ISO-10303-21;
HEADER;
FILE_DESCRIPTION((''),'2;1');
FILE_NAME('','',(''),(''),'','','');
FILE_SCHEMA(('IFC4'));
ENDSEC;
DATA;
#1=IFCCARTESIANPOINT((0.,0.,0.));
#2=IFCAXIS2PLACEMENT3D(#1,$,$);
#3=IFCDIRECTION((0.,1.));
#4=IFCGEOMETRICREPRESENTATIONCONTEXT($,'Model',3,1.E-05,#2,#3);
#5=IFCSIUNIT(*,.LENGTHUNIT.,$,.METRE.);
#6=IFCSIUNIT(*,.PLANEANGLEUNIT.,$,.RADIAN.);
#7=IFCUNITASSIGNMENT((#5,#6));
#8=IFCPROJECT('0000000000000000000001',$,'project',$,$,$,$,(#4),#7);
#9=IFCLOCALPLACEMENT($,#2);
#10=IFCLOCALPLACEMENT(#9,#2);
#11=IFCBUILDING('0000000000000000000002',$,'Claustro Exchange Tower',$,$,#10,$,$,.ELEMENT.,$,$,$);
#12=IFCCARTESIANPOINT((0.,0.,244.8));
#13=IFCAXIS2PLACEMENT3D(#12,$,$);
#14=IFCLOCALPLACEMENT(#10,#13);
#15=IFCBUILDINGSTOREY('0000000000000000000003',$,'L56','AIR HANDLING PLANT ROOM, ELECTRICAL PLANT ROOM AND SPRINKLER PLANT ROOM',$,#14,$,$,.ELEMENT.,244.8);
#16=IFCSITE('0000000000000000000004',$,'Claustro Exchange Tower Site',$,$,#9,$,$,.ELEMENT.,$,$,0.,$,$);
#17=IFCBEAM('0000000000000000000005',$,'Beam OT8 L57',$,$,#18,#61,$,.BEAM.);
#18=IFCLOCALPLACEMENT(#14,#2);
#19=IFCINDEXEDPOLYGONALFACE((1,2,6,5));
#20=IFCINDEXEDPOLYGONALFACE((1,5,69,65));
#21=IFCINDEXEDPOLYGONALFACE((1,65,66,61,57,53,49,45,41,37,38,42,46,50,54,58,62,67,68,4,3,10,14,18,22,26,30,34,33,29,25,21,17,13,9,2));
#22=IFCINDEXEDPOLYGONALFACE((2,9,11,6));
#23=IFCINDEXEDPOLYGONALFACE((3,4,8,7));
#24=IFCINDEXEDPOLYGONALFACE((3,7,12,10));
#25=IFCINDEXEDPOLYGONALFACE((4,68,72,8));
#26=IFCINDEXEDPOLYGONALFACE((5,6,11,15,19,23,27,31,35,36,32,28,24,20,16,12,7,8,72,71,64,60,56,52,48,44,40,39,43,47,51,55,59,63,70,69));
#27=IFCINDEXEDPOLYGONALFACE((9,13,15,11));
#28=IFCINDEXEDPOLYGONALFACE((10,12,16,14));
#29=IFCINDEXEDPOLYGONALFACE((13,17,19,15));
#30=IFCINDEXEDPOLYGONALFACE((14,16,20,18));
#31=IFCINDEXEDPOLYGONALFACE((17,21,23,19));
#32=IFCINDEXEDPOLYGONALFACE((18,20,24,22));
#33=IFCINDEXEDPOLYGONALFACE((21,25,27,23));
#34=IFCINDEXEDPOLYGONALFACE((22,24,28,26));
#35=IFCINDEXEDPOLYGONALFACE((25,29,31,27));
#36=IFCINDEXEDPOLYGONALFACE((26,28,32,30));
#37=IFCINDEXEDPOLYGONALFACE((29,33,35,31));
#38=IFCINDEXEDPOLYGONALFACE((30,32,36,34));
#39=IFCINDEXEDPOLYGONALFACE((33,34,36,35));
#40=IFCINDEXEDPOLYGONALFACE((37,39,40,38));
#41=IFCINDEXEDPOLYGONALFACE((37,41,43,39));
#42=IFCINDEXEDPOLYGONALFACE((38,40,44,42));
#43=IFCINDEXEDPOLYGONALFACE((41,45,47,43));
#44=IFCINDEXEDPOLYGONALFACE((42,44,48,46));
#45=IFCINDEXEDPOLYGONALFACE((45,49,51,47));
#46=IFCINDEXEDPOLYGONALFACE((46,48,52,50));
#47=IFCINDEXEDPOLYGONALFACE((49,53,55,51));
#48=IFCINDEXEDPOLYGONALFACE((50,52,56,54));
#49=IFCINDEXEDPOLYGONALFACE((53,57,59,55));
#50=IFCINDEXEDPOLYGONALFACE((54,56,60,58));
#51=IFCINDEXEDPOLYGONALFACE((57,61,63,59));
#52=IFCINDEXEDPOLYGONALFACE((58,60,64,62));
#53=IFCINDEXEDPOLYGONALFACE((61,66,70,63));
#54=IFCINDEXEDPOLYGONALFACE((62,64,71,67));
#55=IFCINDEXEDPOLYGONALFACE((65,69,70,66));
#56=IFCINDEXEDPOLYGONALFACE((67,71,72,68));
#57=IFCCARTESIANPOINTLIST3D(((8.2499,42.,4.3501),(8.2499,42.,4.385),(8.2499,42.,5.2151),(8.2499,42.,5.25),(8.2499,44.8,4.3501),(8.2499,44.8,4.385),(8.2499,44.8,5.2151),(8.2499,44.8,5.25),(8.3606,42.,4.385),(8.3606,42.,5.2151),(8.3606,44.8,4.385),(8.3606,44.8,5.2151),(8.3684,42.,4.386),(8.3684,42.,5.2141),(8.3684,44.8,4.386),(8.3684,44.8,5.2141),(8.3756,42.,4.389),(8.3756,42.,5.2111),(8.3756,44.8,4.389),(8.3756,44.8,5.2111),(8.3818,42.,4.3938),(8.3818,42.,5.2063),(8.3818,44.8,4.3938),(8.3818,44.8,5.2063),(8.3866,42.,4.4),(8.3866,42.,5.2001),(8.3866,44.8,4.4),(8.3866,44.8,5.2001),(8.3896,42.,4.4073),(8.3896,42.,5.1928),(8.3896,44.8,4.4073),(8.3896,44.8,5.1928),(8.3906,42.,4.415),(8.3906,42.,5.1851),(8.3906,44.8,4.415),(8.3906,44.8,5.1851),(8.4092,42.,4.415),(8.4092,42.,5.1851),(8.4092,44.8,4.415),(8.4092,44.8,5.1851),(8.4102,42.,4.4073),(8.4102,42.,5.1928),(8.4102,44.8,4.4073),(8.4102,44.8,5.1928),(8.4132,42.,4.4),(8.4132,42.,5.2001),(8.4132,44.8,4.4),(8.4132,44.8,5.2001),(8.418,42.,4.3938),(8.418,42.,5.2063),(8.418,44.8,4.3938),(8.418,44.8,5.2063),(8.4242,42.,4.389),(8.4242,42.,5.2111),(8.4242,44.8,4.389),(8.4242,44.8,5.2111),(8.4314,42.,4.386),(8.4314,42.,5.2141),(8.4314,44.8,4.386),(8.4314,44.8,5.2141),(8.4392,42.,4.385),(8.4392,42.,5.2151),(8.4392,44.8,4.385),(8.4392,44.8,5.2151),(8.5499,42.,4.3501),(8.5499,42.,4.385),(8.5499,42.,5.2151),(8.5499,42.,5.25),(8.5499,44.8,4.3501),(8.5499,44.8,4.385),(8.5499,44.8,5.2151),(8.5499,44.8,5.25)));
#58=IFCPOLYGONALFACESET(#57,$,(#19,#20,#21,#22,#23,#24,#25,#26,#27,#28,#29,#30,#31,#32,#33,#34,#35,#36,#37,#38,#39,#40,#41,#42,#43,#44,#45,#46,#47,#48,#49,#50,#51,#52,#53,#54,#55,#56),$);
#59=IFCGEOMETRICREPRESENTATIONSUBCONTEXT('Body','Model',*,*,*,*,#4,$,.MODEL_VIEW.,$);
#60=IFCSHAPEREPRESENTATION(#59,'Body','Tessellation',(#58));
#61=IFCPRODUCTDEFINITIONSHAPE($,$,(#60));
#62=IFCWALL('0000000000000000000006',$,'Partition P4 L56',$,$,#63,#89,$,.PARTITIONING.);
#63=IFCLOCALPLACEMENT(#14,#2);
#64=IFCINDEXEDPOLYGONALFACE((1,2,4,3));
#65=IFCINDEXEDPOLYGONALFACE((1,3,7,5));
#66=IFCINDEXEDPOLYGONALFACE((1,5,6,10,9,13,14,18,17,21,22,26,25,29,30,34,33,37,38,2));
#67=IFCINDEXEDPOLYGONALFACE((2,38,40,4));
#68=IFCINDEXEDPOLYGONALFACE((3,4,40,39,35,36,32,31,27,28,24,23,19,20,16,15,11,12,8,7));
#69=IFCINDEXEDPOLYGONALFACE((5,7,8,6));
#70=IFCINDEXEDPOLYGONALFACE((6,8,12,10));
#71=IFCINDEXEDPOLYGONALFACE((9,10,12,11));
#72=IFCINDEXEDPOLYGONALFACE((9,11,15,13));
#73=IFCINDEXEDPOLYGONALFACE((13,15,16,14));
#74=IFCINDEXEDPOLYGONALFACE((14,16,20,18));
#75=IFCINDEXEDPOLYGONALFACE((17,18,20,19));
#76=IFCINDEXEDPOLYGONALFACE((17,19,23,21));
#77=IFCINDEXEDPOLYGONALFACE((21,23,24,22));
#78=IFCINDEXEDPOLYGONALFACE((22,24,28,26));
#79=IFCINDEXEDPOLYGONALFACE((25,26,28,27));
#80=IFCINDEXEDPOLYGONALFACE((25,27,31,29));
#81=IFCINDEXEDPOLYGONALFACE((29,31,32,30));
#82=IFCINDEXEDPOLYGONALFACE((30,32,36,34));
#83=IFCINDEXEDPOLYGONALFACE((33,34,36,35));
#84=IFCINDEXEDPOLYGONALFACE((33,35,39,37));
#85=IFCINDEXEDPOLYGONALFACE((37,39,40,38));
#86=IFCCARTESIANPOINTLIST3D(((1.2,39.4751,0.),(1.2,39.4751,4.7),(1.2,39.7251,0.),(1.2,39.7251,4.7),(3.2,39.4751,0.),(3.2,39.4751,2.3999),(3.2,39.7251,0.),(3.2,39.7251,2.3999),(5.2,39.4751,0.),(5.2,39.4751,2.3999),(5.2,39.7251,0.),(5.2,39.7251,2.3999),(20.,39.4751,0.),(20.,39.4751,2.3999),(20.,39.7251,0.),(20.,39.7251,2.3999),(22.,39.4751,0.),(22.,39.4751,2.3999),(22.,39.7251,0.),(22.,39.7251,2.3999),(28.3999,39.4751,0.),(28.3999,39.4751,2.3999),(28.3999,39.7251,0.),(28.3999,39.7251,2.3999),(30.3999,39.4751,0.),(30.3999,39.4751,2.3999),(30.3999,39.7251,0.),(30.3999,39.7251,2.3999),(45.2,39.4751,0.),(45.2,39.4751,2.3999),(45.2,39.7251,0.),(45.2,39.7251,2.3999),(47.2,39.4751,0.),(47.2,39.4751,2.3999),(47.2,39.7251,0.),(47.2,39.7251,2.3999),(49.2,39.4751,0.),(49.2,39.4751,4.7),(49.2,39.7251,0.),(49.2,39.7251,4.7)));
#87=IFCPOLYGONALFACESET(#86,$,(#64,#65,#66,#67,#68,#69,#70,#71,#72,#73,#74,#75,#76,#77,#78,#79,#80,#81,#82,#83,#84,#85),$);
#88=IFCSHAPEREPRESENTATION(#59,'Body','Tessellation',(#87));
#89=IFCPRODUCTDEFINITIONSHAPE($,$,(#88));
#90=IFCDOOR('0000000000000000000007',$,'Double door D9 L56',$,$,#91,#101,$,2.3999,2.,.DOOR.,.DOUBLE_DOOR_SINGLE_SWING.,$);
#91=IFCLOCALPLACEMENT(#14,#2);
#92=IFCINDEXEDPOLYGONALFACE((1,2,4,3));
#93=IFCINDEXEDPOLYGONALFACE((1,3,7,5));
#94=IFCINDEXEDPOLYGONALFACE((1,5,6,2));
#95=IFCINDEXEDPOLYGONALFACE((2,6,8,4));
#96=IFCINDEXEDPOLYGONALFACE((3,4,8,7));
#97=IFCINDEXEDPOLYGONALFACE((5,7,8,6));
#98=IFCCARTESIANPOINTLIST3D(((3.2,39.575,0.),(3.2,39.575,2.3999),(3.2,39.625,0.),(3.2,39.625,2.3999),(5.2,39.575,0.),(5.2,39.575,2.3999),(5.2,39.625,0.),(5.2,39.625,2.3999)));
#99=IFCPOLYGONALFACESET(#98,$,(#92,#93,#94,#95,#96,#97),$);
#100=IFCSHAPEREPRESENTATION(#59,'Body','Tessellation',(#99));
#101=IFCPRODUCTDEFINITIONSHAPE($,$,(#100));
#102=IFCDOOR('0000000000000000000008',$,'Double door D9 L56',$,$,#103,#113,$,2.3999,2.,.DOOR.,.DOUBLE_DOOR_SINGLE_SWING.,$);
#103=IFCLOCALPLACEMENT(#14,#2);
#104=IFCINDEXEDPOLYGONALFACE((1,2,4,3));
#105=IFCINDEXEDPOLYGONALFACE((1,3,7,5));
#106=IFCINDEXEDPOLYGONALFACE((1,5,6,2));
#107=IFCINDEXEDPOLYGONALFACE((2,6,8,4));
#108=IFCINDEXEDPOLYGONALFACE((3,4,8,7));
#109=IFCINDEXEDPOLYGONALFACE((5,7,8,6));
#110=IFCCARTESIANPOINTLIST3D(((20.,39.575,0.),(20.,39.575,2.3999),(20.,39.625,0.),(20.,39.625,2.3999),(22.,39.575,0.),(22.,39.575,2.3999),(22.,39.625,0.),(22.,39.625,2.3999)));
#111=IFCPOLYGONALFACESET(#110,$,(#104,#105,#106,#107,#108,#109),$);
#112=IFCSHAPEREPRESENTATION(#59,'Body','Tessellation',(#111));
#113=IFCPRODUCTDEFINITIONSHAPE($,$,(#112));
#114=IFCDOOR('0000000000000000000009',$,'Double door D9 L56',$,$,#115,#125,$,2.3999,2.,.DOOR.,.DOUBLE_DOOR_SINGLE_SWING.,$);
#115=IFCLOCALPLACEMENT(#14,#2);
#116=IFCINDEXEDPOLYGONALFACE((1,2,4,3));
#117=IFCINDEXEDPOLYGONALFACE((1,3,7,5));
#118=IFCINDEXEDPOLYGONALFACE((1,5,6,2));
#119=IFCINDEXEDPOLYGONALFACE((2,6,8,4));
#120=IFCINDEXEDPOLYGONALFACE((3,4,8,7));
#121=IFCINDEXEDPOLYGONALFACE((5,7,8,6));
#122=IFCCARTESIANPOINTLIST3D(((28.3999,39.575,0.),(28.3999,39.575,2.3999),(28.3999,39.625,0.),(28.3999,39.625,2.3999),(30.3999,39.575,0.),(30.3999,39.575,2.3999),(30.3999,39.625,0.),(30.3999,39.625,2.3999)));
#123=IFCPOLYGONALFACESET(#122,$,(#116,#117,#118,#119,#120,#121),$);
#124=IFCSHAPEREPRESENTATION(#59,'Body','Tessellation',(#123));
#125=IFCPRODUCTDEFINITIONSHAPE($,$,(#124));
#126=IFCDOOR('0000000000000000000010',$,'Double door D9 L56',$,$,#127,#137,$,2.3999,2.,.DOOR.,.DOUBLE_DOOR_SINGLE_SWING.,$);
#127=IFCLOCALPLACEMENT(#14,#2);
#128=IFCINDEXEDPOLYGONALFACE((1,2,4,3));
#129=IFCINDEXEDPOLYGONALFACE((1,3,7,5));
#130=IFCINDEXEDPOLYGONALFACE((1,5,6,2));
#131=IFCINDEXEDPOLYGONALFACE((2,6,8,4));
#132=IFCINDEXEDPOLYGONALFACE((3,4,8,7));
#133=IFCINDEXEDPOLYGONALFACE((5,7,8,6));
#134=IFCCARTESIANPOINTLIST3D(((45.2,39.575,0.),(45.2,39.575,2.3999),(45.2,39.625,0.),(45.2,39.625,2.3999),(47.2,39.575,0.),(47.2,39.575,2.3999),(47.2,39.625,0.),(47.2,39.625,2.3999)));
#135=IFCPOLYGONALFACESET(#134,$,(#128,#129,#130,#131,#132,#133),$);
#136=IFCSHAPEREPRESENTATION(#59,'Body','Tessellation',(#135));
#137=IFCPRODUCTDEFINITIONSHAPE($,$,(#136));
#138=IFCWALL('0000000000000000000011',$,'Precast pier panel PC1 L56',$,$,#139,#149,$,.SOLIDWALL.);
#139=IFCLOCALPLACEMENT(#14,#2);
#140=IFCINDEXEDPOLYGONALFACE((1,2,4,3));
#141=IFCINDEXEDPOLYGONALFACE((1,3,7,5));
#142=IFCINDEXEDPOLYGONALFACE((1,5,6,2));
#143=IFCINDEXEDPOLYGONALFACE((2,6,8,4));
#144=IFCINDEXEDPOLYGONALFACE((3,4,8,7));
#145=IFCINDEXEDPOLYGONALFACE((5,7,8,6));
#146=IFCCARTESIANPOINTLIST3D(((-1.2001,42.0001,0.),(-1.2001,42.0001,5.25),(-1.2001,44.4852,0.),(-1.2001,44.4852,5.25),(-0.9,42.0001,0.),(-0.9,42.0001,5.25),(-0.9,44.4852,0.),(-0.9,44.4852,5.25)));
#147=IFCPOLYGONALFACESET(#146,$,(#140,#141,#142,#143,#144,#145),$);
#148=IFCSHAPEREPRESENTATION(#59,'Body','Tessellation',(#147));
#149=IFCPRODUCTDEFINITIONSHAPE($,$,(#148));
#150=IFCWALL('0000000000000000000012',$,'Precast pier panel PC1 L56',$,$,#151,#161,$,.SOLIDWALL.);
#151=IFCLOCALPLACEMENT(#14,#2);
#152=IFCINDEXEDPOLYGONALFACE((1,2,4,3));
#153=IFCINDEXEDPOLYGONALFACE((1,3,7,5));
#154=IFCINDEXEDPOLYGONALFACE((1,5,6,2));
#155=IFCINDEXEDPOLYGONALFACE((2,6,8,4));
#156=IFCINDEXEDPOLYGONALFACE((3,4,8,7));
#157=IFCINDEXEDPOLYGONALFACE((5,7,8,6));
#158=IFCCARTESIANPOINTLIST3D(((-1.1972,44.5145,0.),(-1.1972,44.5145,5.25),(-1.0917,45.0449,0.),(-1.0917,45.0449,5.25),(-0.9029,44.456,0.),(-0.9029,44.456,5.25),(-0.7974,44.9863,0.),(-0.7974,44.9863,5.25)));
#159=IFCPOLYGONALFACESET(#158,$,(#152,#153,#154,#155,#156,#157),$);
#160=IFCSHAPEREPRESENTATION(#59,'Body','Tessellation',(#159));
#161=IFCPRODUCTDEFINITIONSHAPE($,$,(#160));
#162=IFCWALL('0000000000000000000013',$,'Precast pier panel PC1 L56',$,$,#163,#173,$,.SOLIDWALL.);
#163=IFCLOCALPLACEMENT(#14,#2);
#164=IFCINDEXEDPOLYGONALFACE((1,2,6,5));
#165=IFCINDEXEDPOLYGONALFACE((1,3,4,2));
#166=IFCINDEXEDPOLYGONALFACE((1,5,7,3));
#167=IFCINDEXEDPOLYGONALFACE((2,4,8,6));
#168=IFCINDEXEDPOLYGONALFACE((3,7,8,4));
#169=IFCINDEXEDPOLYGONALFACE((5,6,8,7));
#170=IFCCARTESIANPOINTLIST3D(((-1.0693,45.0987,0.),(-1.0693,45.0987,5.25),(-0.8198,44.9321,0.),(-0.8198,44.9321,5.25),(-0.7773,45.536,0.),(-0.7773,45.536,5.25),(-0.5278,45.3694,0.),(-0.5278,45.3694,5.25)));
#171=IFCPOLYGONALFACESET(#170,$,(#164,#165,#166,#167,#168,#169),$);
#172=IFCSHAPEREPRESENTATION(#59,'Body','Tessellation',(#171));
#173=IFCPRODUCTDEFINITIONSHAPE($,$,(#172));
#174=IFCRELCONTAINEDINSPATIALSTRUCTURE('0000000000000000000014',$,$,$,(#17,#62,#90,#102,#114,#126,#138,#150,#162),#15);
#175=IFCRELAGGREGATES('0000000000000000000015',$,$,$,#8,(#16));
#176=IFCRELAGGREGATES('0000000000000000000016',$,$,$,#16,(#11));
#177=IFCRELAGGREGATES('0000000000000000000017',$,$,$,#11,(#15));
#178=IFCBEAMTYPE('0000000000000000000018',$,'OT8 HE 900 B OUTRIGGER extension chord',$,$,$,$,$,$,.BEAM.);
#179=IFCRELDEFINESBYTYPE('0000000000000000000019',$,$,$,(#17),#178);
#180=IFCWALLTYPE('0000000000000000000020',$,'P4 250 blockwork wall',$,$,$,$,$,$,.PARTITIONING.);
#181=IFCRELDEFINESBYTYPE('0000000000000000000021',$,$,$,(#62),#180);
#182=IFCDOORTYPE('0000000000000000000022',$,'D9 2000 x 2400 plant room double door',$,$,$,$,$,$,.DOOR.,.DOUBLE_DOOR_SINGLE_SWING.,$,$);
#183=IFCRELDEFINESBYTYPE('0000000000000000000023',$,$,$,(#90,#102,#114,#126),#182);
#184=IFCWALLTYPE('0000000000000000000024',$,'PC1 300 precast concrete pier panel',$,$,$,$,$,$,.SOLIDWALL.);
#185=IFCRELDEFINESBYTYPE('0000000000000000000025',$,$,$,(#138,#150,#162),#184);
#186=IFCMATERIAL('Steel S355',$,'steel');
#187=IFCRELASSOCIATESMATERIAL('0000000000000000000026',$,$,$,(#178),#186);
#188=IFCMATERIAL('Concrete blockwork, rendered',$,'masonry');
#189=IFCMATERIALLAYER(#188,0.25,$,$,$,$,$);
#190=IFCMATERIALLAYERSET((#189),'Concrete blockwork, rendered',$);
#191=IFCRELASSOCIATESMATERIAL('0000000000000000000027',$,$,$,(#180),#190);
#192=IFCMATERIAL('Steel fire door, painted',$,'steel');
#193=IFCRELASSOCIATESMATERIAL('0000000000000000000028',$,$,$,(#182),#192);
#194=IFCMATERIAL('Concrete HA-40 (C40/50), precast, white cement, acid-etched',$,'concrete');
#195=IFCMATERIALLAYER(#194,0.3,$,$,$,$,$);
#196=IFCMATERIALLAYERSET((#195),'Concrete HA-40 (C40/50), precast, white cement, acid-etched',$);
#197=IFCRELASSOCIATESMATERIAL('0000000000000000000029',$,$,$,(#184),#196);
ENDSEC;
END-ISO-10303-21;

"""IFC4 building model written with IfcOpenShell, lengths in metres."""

from ifc_helpers import new_model, si_unit, direction, frame, frame_2d, origin, origin_2d, place, context, subcontext, project, spatial, rectangle, i_section, extrude, material, layer, layer_set, material_profile, profile_set, type_object, element, fill, save


model = new_model("IFC4")

# Units and contexts
model_context = context("Model", 3, precision=1e-05, world=origin(), true_north=direction((0.0, 1.0)))
body_context = subcontext(model_context, "Body", "Model", "MODEL_VIEW")
ifc_project = project(units=[si_unit("LENGTHUNIT", "METRE"), si_unit("PLANEANGLEUNIT", "RADIAN")], contexts=[model_context])

# Site, building, storey
site_placement = place(None, origin())
site = spatial("IfcSite", under=ifc_project, at=site_placement, Name="Claustro Exchange Tower Site", CompositionType="ELEMENT", RefElevation=0.0)
building_placement = place(site_placement, origin())
building = spatial("IfcBuilding", under=site, at=building_placement, Name="Claustro Exchange Tower", CompositionType="ELEMENT")
storey_placement = place(building_placement, frame((0.0, 0.0, 244.8)))
storey = spatial("IfcBuildingStorey", under=building, at=storey_placement, Name="L56", Description="AIR HANDLING PLANT ROOM, ELECTRICAL PLANT ROOM AND SPRINKLER PLANT ROOM", CompositionType="ELEMENT", Elevation=244.8)

# Beam
ifc_material_1 = material(Name="Steel S355", Category="steel")
ifc_material_profile_1 = material_profile(ifc_material_1, i_section(OverallWidth=0.3, OverallDepth=0.8999, WebThickness=0.0186, FlangeThickness=0.0349, FilletRadius=0.03, at=origin_2d()), Name="HE 900 B")
ifc_profile_set_1 = profile_set([ifc_material_profile_1], Name="Steel S355")
beam_type_1 = type_object("IfcBeamType", Name="OT8 HE 900 B OUTRIGGER extension chord", PredefinedType="BEAM", material=ifc_profile_set_1)
beam_1_placement = place(storey_placement, frame((8.3999, 42.0, 4.8), z_axis=(0.0, 1.0, 0.0), x_axis=(-1.0, 0.0, 0.0)))
element("IfcBeam", 1, at=beam_1_placement, inside=storey, type_object=beam_type_1, Name="Beam OT8 L57", PredefinedType="BEAM", context=body_context, shape_type="SweptSolid", body=[
    extrude(i_section(OverallWidth=0.3, OverallDepth=0.8999, WebThickness=0.0186, FlangeThickness=0.0349, FilletRadius=0.03, at=origin_2d()), origin(), (0.0, 0.0, 1.0), 2.8),
])

# Wall, openings, doors
ifc_material_2 = material(Name="Concrete blockwork, rendered", Category="masonry")
ifc_layer_1 = layer(ifc_material_2, 0.25)
ifc_layer_set_1 = layer_set([ifc_layer_1], Name="Concrete blockwork, rendered")
wall_type_1 = type_object("IfcWallType", Name="P4 250 blockwork wall", PredefinedType="PARTITIONING", material=ifc_layer_set_1)
wall_1_placement = place(storey_placement, frame((1.2, 39.6001, 0.0), z_axis=(0.0, 0.0, 1.0), x_axis=(1.0, 0.0, 0.0)))
wall_1 = element("IfcWall", 2, at=wall_1_placement, inside=storey, type_object=wall_type_1, Name="Partition P4 L56", PredefinedType="PARTITIONING", context=body_context, shape_type="SweptSolid", body=[
    extrude(rectangle(XDim=48.0, YDim=0.25, at=frame_2d((24.0, 0.0))), origin(), (0.0, 0.0, 1.0), 4.7),
])
opening_1_placement = place(wall_1_placement, frame((2.0, 0.0, 0.0)))
opening_1 = element("IfcOpeningElement", 3, at=opening_1_placement, cuts=wall_1, PredefinedType="OPENING", context=body_context, shape_type="SweptSolid", body=[
    extrude(rectangle(XDim=2.0, YDim=2.3999, at=frame_2d((1.0, 1.2))), frame((0.0, 0.135, 0.0), z_axis=(0.0, -1.0, 0.0), x_axis=(1.0, 0.0, 0.0)), (0.0, 0.0, 1.0), 0.27),
])
opening_2_placement = place(wall_1_placement, frame((18.8, 0.0, 0.0)))
opening_2 = element("IfcOpeningElement", 4, at=opening_2_placement, cuts=wall_1, PredefinedType="OPENING", context=body_context, shape_type="SweptSolid", body=[
    extrude(rectangle(XDim=2.0, YDim=2.3999, at=frame_2d((1.0, 1.2))), frame((0.0, 0.135, 0.0), z_axis=(0.0, -1.0, 0.0), x_axis=(1.0, 0.0, 0.0)), (0.0, 0.0, 1.0), 0.27),
])
opening_3_placement = place(wall_1_placement, frame((27.2, 0.0, 0.0)))
opening_3 = element("IfcOpeningElement", 5, at=opening_3_placement, cuts=wall_1, PredefinedType="OPENING", context=body_context, shape_type="SweptSolid", body=[
    extrude(rectangle(XDim=2.0, YDim=2.3999, at=frame_2d((1.0, 1.2))), frame((0.0, 0.135, 0.0), z_axis=(0.0, -1.0, 0.0), x_axis=(1.0, 0.0, 0.0)), (0.0, 0.0, 1.0), 0.27),
])
opening_4_placement = place(wall_1_placement, frame((44.0, 0.0, 0.0)))
opening_4 = element("IfcOpeningElement", 6, at=opening_4_placement, cuts=wall_1, PredefinedType="OPENING", context=body_context, shape_type="SweptSolid", body=[
    extrude(rectangle(XDim=2.0, YDim=2.3999, at=frame_2d((1.0, 1.2))), frame((0.0, 0.135, 0.0), z_axis=(0.0, -1.0, 0.0), x_axis=(1.0, 0.0, 0.0)), (0.0, 0.0, 1.0), 0.27),
])
ifc_material_3 = material(Name="Steel fire door, painted", Category="steel")
door_type = type_object("IfcDoorType", Name="D9 2000 x 2400 plant room double door", OperationType="DOUBLE_DOOR_SINGLE_SWING", PredefinedType="DOOR", material=ifc_material_3)
door_1_placement = place(opening_1_placement, origin())
door_1 = element("IfcDoor", 7, at=door_1_placement, inside=storey, type_object=door_type, Name="Double door D9 L56", OperationType="DOUBLE_DOOR_SINGLE_SWING", OverallHeight=2.3999, OverallWidth=2.0, PredefinedType="DOOR", context=body_context, shape_type="SweptSolid", body=[
    extrude(rectangle(XDim=2.0, YDim=2.3999, at=frame_2d((1.0, 1.2))), frame((0.0, 0.0249, 0.0), z_axis=(0.0, -1.0, 0.0), x_axis=(1.0, 0.0, 0.0)), (0.0, 0.0, 1.0), 0.05),
])
fill(opening_1, door_1)
door_2_placement = place(opening_2_placement, origin())
door_2 = element("IfcDoor", 8, at=door_2_placement, inside=storey, type_object=door_type, Name="Double door D9 L56", OperationType="DOUBLE_DOOR_SINGLE_SWING", OverallHeight=2.3999, OverallWidth=2.0, PredefinedType="DOOR", context=body_context, shape_type="SweptSolid", body=[
    extrude(rectangle(XDim=2.0, YDim=2.3999, at=frame_2d((1.0, 1.2))), frame((0.0, 0.0249, 0.0), z_axis=(0.0, -1.0, 0.0), x_axis=(1.0, 0.0, 0.0)), (0.0, 0.0, 1.0), 0.05),
])
fill(opening_2, door_2)
door_3_placement = place(opening_3_placement, origin())
door_3 = element("IfcDoor", 9, at=door_3_placement, inside=storey, type_object=door_type, Name="Double door D9 L56", OperationType="DOUBLE_DOOR_SINGLE_SWING", OverallHeight=2.3999, OverallWidth=2.0, PredefinedType="DOOR", context=body_context, shape_type="SweptSolid", body=[
    extrude(rectangle(XDim=2.0, YDim=2.3999, at=frame_2d((1.0, 1.2))), frame((0.0, 0.0249, 0.0), z_axis=(0.0, -1.0, 0.0), x_axis=(1.0, 0.0, 0.0)), (0.0, 0.0, 1.0), 0.05),
])
fill(opening_3, door_3)
door_4_placement = place(opening_4_placement, origin())
door_4 = element("IfcDoor", 10, at=door_4_placement, inside=storey, type_object=door_type, Name="Double door D9 L56", OperationType="DOUBLE_DOOR_SINGLE_SWING", OverallHeight=2.3999, OverallWidth=2.0, PredefinedType="DOOR", context=body_context, shape_type="SweptSolid", body=[
    extrude(rectangle(XDim=2.0, YDim=2.3999, at=frame_2d((1.0, 1.2))), frame((0.0, 0.0249, 0.0), z_axis=(0.0, -1.0, 0.0), x_axis=(1.0, 0.0, 0.0)), (0.0, 0.0, 1.0), 0.05),
])
fill(opening_4, door_4)

# Walls
ifc_material_4 = material(Name="Concrete HA-40 (C40/50), precast, white cement, acid-etched", Category="concrete")
ifc_layer_2 = layer(ifc_material_4, 0.3)
ifc_layer_set_2 = layer_set([ifc_layer_2], Name="Concrete HA-40 (C40/50), precast, white cement, acid-etched")
wall_type_2 = type_object("IfcWallType", Name="PC1 300 precast concrete pier panel", PredefinedType="SOLIDWALL", material=ifc_layer_set_2)
wall_2_placement = place(storey_placement, frame((-1.05, 42.0, 0.0), z_axis=(0.0, 0.0, 1.0), x_axis=(0.0, 1.0, 0.0)))
element("IfcWall", 11, at=wall_2_placement, inside=storey, type_object=wall_type_2, Name="Precast pier panel PC1 L56", PredefinedType="SOLIDWALL", context=body_context, shape_type="SweptSolid", body=[
    extrude(rectangle(XDim=2.4851, YDim=0.3, at=frame_2d((1.2427, 0.0))), origin(), (0.0, 0.0, 1.0), 5.25),
])
wall_3_placement = place(storey_placement, frame((-1.05, 44.4851, 0.0), z_axis=(0.0, 0.0, 1.0), x_axis=(0.195074, 0.980789, 0.0)))
element("IfcWall", 12, at=wall_3_placement, inside=storey, type_object=wall_type_2, Name="Precast pier panel PC1 L56", PredefinedType="SOLIDWALL", context=body_context, shape_type="SweptSolid", body=[
    extrude(rectangle(XDim=0.5408, YDim=0.3, at=frame_2d((0.2705, 0.0))), origin(), (0.0, 0.0, 1.0), 5.25),
])
wall_4_placement = place(storey_placement, frame((-0.9446, 45.0154, 0.0), z_axis=(0.0, 0.0, 1.0), x_axis=(0.555343, 0.831621, 0.0)))
element("IfcWall", 13, at=wall_4_placement, inside=storey, type_object=wall_type_2, Name="Precast pier panel PC1 L56", PredefinedType="SOLIDWALL", context=body_context, shape_type="SweptSolid", body=[
    extrude(rectangle(XDim=0.5259, YDim=0.3, at=frame_2d((0.2629, 0.0))), origin(), (0.0, 0.0, 1.0), 5.25),
])

save(model, "model.ifc")
